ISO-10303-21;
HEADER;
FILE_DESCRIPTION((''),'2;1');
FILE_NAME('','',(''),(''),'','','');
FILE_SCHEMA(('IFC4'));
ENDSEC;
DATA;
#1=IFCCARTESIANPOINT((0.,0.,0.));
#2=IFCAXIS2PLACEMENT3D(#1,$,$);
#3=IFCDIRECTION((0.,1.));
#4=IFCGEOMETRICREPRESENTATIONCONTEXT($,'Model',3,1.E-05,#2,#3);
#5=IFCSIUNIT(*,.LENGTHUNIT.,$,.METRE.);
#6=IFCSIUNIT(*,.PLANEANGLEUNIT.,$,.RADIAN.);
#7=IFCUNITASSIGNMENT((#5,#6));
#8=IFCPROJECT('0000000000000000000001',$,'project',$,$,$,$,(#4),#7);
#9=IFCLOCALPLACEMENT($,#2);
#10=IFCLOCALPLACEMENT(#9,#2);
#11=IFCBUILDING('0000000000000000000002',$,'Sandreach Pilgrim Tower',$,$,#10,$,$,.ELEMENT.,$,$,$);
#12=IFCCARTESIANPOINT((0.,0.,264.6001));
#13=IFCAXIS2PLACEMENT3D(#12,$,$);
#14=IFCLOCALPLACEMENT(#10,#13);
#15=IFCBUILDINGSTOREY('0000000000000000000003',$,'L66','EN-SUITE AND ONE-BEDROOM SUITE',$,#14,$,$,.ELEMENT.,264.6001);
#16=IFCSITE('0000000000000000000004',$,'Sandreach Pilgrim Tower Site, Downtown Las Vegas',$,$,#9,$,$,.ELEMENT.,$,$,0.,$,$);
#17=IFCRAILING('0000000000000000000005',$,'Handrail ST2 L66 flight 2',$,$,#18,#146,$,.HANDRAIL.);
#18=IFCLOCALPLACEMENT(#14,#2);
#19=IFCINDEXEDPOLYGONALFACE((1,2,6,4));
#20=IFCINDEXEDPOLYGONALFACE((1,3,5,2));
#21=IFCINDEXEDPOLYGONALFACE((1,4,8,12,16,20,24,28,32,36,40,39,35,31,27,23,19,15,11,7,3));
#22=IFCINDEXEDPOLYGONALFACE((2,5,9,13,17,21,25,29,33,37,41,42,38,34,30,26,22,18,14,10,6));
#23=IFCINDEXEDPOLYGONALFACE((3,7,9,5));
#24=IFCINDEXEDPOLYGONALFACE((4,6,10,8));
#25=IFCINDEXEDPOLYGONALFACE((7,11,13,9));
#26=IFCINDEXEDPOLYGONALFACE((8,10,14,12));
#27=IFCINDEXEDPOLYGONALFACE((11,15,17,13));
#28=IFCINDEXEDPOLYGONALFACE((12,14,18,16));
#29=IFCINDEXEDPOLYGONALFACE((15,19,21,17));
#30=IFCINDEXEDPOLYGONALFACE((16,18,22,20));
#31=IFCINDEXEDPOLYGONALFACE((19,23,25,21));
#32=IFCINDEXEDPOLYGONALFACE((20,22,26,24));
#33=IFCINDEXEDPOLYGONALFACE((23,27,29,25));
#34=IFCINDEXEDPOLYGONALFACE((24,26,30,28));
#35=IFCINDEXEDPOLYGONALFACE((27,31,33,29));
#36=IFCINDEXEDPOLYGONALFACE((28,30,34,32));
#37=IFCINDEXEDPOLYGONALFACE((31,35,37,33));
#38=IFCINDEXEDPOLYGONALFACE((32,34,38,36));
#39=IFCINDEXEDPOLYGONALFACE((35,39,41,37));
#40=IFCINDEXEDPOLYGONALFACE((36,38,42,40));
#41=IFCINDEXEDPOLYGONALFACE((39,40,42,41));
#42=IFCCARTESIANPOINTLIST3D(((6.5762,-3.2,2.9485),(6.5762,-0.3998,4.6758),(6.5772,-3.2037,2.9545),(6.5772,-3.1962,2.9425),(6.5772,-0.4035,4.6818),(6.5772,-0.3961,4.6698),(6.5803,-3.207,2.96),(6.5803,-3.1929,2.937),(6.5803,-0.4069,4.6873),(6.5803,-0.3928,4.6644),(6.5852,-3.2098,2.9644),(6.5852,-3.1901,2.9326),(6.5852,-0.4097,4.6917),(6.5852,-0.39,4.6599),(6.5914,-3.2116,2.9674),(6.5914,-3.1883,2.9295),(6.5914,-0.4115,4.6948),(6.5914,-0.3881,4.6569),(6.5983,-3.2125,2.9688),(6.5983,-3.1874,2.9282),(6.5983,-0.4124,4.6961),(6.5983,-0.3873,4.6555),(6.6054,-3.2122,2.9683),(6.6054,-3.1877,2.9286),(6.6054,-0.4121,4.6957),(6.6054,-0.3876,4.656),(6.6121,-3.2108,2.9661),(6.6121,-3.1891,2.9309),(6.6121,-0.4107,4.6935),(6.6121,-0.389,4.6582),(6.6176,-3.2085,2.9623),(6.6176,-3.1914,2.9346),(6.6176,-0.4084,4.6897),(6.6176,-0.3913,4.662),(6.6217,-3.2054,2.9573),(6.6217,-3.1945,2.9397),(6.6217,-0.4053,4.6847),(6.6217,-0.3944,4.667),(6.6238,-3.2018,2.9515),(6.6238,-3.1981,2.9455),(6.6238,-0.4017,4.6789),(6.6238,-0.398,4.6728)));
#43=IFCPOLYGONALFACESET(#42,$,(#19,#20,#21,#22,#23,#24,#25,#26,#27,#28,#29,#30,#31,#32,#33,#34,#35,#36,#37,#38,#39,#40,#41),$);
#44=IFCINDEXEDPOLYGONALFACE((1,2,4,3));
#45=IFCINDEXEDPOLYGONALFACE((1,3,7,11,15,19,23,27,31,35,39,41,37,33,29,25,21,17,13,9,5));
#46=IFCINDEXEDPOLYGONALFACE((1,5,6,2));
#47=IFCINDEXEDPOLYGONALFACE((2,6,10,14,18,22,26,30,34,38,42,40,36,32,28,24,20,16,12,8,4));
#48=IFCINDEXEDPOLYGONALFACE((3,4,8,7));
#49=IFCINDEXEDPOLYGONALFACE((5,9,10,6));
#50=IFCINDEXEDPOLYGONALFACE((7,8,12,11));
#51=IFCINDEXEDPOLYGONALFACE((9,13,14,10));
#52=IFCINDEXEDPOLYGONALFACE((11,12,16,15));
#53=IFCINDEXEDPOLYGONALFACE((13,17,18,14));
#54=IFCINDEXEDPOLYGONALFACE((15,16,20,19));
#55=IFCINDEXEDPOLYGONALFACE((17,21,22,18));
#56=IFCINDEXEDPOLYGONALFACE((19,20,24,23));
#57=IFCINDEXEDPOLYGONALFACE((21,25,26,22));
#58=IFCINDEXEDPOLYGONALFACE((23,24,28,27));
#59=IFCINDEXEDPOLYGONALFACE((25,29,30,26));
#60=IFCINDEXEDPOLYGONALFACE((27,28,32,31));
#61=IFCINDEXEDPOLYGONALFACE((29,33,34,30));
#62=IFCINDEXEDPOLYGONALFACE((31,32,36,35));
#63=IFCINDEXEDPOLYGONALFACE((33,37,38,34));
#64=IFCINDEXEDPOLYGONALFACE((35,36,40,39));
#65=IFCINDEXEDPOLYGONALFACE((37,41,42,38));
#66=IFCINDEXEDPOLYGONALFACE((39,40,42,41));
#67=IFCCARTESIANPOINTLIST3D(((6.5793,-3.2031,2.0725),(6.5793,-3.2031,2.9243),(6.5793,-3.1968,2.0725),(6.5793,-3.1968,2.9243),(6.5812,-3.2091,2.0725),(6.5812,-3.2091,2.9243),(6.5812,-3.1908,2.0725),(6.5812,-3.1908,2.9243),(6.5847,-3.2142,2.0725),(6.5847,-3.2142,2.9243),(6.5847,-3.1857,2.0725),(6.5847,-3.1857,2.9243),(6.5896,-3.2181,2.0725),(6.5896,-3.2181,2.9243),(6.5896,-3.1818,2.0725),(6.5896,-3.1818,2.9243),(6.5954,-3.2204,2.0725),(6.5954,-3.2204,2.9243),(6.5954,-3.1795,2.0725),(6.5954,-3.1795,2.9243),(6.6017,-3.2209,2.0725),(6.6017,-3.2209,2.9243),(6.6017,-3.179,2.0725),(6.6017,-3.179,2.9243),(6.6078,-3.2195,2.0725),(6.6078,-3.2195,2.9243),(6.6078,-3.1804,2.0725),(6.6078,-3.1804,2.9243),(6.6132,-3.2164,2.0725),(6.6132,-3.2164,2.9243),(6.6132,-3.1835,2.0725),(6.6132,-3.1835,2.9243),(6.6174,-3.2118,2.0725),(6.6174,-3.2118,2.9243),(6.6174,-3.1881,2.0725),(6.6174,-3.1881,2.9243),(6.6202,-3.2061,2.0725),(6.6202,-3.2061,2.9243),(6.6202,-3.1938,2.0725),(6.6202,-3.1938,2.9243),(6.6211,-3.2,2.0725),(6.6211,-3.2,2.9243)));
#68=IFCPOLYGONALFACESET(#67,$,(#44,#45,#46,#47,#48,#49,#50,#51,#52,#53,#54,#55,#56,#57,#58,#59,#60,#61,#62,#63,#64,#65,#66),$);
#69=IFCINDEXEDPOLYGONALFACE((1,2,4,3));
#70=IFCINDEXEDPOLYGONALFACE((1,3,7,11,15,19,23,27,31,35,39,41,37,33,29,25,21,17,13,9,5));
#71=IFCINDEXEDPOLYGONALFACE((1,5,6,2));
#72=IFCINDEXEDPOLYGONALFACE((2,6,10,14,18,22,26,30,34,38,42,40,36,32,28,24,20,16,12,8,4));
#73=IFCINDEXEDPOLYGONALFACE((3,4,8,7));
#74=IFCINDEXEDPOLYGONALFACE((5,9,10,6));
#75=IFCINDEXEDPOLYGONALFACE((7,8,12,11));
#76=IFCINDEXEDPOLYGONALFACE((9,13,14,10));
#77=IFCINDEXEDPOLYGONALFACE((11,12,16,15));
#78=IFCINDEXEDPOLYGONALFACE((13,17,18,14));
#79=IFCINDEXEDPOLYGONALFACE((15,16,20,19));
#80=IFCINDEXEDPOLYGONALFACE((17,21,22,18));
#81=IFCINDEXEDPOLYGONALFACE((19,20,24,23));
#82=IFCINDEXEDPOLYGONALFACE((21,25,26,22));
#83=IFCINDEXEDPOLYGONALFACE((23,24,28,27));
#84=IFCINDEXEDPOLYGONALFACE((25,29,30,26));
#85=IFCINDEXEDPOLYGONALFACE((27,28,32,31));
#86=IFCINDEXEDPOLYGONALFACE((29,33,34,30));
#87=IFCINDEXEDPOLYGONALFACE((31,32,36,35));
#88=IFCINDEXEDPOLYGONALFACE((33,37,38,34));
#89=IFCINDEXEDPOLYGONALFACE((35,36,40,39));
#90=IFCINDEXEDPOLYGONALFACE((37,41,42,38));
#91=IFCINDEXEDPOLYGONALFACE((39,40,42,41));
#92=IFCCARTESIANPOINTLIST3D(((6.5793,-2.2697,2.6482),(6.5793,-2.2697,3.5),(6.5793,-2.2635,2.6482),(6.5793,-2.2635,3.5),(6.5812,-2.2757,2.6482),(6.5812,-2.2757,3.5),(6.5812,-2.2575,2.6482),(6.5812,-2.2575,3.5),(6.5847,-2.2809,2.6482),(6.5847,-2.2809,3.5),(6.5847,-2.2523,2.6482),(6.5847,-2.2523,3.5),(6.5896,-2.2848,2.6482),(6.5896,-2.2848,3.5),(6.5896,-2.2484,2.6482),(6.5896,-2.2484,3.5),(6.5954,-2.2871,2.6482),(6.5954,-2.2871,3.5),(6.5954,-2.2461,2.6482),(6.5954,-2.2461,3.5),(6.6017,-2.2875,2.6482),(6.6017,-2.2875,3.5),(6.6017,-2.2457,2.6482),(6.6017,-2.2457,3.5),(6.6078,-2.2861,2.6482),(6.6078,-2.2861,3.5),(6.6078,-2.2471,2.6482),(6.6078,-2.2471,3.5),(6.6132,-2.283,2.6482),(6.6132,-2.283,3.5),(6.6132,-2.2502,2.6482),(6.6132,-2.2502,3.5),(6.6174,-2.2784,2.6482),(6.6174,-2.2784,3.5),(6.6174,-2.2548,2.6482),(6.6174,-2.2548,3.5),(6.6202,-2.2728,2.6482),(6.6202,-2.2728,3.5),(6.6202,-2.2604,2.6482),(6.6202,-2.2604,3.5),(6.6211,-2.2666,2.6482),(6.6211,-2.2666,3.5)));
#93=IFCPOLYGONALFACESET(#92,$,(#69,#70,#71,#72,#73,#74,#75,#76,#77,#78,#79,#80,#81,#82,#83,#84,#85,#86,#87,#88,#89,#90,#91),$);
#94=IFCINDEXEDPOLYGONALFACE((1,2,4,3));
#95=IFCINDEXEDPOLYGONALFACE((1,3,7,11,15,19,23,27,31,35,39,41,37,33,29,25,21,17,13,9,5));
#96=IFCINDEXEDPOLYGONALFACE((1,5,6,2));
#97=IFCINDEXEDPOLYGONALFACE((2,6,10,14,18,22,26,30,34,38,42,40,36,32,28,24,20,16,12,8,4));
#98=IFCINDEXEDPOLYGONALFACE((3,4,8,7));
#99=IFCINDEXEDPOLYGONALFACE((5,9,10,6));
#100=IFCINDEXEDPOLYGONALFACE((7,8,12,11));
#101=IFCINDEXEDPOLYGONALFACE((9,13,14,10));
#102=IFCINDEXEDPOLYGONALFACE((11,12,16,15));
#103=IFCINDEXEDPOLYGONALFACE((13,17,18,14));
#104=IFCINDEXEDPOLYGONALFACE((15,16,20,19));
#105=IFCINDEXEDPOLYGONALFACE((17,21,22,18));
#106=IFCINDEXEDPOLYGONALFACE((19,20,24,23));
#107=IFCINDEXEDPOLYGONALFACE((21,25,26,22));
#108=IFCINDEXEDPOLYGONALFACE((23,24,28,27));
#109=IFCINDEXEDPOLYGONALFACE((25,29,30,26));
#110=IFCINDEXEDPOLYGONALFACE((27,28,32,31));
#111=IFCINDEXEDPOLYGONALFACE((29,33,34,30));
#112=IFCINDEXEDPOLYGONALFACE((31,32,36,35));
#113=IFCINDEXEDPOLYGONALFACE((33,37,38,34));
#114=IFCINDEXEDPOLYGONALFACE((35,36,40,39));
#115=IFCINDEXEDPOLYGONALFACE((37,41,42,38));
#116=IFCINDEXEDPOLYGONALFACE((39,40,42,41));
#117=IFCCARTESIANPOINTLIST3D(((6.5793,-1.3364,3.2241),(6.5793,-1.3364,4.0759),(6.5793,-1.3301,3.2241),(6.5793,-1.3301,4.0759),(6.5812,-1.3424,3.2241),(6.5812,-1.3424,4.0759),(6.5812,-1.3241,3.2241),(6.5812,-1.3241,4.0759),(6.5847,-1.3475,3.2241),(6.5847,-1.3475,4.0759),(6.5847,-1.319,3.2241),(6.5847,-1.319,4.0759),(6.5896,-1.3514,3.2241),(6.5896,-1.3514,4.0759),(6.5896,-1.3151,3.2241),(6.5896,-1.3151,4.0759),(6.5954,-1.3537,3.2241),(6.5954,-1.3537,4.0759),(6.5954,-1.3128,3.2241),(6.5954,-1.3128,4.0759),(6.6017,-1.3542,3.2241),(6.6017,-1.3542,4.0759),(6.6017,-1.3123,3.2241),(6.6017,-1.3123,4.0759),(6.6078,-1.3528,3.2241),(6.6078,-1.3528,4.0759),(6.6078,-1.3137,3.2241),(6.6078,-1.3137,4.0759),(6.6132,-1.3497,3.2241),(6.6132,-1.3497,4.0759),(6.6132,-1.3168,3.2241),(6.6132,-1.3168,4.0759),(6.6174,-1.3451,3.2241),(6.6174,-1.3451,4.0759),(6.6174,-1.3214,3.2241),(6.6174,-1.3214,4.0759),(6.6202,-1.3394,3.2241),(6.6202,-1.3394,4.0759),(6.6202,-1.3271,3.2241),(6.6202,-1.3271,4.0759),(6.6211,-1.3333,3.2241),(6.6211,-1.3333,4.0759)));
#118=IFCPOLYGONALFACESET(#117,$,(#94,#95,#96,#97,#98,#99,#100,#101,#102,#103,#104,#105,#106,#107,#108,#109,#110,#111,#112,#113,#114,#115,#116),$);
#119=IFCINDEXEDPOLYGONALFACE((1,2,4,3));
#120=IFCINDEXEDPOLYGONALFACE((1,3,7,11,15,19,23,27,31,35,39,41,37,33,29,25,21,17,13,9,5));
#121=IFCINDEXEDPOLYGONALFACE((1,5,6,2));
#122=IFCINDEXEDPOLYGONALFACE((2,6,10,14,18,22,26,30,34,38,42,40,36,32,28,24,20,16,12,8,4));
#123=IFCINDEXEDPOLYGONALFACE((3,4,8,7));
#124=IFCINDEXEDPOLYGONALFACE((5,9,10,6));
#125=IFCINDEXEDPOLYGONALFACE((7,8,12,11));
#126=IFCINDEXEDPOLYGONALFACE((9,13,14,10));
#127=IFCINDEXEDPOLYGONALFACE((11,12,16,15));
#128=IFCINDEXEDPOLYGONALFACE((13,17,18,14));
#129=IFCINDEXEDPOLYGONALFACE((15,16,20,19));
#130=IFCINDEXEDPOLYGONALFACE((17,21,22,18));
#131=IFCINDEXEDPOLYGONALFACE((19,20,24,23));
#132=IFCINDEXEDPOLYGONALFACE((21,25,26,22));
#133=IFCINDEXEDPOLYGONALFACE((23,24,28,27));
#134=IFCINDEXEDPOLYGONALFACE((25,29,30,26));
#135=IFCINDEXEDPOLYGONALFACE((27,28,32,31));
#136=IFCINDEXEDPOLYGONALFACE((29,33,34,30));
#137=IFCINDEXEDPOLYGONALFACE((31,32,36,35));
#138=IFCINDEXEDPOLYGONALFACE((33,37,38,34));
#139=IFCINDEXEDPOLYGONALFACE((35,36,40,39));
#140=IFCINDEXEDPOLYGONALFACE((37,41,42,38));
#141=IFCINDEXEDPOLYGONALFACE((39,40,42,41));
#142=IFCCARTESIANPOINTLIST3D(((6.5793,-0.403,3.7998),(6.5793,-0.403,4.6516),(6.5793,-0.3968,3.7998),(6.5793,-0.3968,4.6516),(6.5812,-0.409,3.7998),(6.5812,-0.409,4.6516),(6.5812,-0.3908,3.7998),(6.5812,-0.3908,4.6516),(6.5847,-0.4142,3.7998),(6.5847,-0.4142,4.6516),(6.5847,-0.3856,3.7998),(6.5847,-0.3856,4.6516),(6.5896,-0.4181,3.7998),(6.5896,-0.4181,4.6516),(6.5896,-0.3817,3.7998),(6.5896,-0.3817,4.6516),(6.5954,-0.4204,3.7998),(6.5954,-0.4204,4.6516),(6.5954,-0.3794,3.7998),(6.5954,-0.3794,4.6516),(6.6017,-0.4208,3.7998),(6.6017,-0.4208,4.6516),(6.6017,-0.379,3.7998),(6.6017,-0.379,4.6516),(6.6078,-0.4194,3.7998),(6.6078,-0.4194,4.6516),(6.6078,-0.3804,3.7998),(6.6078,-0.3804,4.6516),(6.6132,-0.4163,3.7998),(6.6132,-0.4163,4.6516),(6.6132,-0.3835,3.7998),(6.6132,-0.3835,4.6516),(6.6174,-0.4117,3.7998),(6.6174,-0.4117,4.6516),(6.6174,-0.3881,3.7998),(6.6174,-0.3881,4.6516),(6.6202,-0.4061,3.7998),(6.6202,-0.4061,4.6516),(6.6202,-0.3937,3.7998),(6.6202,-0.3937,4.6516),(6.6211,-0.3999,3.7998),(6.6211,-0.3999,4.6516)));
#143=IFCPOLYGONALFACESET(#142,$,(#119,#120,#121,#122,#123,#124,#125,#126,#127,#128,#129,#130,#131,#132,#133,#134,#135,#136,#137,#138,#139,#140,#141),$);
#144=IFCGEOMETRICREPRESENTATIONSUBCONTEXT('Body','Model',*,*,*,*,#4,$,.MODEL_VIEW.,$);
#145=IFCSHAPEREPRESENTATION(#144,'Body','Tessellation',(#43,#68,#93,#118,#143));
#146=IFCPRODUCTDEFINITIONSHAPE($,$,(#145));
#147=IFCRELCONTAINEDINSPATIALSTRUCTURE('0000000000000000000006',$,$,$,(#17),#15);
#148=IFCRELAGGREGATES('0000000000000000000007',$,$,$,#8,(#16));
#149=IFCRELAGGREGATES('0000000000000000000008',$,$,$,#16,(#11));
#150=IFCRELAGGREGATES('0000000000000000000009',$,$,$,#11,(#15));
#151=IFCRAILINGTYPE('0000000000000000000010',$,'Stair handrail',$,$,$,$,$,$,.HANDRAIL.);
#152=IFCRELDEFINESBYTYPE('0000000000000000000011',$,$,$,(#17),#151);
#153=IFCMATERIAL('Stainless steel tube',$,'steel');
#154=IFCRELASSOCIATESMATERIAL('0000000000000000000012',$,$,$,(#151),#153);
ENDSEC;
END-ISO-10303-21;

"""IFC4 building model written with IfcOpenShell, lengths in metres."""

from ifc_helpers import new_model, si_unit, direction, frame, origin, origin_2d, place, context, subcontext, project, spatial, circle, extrude, material, type_object, element, save


model = new_model("IFC4")

# Units and contexts
model_context = context("Model", 3, precision=1e-05, world=origin(), true_north=direction((0.0, 1.0)))
body_context = subcontext(model_context, "Body", "Model", "MODEL_VIEW")
ifc_project = project(units=[si_unit("LENGTHUNIT", "METRE"), si_unit("PLANEANGLEUNIT", "RADIAN")], contexts=[model_context])

# Site, building, storey
site_placement = place(None, origin())
site = spatial("IfcSite", under=ifc_project, at=site_placement, Name="Sandreach Pilgrim Tower Site, Downtown Las Vegas", CompositionType="ELEMENT", RefElevation=0.0)
building_placement = place(site_placement, origin())
building = spatial("IfcBuilding", under=site, at=building_placement, Name="Sandreach Pilgrim Tower", CompositionType="ELEMENT")
storey_placement = place(building_placement, frame((0.0, 0.0, 264.6001)))
storey = spatial("IfcBuildingStorey", under=building, at=storey_placement, Name="L66", Description="EN-SUITE AND ONE-BEDROOM SUITE", CompositionType="ELEMENT", Elevation=264.6001)

# Railing
ifc_material_1 = material(Name="Stainless steel tube", Category="steel")
railing_type = type_object("IfcRailingType", Name="Stair handrail", PredefinedType="HANDRAIL", material=ifc_material_1)
for number, where, name in (
    (1, (6.6001, -3.2, 2.0725), "Handrail ST2 L66 flight 2"),
):
    element("IfcRailing", number, at=place(storey_placement, frame(where)), inside=storey, type_object=railing_type, Name=name, PredefinedType="HANDRAIL", context=body_context, shape_type="SweptSolid", body=[
        extrude(circle(Radius=0.0239, at=origin_2d()), frame((0.0, 0.0, 0.876), z_axis=(0.0, 0.85109, 0.52502), x_axis=(-1.0, 0.0, 0.0)), (0.0, 0.0, 1.0), 3.29),
        extrude(circle(Radius=0.021, at=origin_2d()), origin(), (0.0, 0.0, 1.0), 0.8518),
        extrude(circle(Radius=0.021, at=origin_2d()), frame((0.0, 0.9333, 0.5757)), (0.0, 0.0, 1.0), 0.8518),
        extrude(circle(Radius=0.021, at=origin_2d()), frame((0.0, 1.8667, 1.1516)), (0.0, 0.0, 1.0), 0.8518),
        extrude(circle(Radius=0.021, at=origin_2d()), frame((0.0, 2.8, 1.7273)), (0.0, 0.0, 1.0), 0.8518),
    ])

save(model, "model.ifc")
